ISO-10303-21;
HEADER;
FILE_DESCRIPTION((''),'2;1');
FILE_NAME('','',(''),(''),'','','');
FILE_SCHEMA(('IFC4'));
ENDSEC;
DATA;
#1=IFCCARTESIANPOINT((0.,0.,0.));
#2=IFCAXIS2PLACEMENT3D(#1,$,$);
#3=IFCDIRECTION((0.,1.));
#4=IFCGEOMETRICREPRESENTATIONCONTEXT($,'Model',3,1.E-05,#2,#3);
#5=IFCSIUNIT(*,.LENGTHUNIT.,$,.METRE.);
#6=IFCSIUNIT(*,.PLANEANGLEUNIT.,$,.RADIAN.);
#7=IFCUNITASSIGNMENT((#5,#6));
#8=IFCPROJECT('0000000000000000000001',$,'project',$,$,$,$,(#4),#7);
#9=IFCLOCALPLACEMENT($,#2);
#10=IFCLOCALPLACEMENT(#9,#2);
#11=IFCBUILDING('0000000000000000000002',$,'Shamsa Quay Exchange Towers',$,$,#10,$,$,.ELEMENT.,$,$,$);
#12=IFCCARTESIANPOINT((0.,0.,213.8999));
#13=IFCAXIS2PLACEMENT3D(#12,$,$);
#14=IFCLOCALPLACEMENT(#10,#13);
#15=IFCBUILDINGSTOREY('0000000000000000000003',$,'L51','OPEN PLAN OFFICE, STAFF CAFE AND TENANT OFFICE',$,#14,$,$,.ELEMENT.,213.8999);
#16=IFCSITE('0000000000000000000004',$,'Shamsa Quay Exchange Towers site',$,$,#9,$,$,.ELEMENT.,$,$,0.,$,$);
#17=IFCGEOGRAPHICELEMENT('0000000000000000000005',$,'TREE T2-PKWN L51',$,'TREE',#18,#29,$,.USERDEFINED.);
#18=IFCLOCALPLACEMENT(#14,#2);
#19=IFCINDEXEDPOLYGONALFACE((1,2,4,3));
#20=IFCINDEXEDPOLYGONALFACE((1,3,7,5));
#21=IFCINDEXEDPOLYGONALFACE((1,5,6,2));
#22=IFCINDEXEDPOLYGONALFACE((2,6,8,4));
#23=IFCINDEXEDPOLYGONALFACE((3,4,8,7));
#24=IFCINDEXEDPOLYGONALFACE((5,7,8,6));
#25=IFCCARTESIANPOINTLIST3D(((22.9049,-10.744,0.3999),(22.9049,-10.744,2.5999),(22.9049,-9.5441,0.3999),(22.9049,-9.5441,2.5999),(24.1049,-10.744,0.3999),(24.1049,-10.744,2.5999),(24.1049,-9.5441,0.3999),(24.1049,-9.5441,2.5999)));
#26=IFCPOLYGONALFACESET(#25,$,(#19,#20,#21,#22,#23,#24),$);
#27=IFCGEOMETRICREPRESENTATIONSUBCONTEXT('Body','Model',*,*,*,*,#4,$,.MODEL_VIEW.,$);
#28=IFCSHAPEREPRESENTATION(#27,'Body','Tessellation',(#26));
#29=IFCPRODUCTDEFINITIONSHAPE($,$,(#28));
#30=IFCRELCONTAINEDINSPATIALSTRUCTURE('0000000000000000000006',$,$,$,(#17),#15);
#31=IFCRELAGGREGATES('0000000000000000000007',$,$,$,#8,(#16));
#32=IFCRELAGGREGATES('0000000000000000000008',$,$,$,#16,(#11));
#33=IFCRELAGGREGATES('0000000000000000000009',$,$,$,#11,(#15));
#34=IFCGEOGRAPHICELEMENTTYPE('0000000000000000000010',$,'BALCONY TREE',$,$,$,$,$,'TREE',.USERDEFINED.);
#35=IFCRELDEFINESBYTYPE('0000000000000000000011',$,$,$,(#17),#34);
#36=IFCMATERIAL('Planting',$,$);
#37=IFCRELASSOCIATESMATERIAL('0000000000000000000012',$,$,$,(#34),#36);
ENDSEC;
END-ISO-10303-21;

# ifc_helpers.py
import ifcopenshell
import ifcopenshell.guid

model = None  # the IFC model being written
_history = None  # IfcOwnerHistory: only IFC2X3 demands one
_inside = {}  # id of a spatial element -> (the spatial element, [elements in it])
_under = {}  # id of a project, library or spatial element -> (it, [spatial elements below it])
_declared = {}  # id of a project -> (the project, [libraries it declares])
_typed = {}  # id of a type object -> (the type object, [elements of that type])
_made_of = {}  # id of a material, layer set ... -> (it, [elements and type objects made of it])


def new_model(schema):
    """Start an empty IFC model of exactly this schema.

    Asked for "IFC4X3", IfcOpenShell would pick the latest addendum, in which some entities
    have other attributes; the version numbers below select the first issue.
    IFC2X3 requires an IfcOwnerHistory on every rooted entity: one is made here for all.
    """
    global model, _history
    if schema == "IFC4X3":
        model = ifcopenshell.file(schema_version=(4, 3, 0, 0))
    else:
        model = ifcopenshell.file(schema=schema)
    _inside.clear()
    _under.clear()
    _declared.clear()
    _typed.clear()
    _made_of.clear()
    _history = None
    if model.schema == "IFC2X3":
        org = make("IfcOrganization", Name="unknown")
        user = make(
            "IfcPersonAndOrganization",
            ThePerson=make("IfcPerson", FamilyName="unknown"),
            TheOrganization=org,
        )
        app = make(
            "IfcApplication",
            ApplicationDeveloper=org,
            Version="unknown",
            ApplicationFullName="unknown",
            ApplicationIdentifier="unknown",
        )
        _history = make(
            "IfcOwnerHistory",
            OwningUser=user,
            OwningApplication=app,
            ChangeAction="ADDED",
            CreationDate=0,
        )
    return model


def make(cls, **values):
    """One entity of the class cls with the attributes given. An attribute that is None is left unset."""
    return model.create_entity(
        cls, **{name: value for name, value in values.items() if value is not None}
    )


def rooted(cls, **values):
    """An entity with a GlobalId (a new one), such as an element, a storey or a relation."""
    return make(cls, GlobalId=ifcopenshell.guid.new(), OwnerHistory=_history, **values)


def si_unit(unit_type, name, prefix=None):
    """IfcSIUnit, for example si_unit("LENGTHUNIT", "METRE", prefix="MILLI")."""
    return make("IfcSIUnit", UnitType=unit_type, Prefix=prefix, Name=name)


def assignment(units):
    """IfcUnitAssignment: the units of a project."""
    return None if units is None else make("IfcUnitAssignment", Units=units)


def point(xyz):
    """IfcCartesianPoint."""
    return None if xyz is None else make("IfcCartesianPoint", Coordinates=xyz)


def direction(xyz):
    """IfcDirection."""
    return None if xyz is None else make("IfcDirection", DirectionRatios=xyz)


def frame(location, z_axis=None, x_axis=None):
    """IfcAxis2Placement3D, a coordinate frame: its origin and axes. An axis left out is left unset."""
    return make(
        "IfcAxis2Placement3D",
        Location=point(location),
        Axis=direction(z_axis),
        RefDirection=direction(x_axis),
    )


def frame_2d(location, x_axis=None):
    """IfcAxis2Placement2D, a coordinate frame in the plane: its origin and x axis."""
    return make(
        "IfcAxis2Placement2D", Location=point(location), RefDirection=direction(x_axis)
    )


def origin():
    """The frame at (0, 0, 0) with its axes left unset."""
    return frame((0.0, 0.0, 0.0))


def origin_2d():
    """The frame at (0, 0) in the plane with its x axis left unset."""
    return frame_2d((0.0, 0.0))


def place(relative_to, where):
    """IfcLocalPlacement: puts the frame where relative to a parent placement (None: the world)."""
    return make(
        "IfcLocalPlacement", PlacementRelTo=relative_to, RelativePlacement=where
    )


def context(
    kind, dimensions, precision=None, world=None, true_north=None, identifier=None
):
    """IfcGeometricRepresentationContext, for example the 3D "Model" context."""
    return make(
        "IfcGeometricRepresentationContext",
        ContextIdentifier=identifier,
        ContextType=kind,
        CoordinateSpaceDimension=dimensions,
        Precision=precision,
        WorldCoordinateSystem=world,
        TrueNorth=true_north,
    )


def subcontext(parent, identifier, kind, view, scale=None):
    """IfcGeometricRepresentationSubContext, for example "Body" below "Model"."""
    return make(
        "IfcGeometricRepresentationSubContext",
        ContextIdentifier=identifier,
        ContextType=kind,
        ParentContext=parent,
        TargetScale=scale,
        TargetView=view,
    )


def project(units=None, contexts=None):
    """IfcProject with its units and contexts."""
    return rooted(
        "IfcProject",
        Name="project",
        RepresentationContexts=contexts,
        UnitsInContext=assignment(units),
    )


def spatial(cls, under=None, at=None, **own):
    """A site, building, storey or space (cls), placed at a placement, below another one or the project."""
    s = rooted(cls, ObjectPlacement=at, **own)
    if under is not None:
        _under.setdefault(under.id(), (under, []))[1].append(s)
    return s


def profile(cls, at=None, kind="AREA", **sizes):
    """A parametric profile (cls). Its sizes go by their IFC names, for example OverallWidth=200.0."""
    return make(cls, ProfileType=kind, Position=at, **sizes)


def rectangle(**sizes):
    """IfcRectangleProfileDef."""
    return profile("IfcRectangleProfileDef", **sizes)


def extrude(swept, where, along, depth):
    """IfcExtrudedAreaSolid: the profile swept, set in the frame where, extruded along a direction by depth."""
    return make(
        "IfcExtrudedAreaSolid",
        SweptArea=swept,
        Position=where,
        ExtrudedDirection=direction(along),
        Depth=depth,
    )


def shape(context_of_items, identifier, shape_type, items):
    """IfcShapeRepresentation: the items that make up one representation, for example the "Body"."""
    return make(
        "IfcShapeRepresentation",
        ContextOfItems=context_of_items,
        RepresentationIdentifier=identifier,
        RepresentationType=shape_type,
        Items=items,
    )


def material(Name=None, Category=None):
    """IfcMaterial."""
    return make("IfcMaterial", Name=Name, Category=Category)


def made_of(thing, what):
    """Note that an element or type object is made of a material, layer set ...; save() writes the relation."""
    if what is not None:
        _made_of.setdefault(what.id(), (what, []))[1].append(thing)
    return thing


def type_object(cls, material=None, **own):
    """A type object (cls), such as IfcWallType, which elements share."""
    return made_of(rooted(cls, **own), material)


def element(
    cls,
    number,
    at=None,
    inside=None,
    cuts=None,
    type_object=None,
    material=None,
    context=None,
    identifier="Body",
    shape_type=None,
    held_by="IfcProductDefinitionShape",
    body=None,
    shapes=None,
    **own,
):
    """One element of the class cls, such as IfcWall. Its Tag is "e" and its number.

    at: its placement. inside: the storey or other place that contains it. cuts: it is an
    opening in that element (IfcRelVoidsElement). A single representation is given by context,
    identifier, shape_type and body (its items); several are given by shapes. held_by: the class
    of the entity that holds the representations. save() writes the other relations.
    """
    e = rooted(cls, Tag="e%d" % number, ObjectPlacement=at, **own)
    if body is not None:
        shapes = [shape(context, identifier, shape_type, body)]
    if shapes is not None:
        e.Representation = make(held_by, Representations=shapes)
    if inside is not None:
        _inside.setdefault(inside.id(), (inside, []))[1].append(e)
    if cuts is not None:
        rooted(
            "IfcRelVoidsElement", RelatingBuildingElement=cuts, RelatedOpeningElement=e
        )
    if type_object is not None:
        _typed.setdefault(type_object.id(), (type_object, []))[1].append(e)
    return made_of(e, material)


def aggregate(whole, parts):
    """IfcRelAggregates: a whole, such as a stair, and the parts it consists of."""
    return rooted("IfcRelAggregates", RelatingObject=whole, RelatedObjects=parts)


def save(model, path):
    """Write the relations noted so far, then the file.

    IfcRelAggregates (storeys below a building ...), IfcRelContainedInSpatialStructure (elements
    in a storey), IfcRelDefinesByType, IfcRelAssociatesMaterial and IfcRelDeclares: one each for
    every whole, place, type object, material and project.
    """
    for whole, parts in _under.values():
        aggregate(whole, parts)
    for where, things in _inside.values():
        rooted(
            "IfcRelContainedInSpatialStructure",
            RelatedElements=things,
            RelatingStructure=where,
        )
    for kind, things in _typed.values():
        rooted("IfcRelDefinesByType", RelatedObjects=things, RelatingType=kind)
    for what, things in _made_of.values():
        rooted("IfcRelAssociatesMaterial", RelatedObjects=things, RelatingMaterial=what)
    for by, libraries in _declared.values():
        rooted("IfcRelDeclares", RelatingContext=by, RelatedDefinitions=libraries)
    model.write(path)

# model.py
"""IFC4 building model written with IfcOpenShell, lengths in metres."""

from ifc_helpers import new_model, si_unit, direction, frame, origin, origin_2d, place, context, subcontext, project, spatial, rectangle, extrude, material, type_object, element, save


model = new_model("IFC4")

# Units and contexts
model_context = context("Model", 3, precision=1e-05, world=origin(), true_north=direction((0.0, 1.0)))
body_context = subcontext(model_context, "Body", "Model", "MODEL_VIEW")
ifc_project = project(units=[si_unit("LENGTHUNIT", "METRE"), si_unit("PLANEANGLEUNIT", "RADIAN")], contexts=[model_context])

# Site, building, storey
site_placement = place(None, origin())
site = spatial("IfcSite", under=ifc_project, at=site_placement, Name="Shamsa Quay Exchange Towers site", CompositionType="ELEMENT", RefElevation=0.0)
building_placement = place(site_placement, origin())
building = spatial("IfcBuilding", under=site, at=building_placement, Name="Shamsa Quay Exchange Towers", CompositionType="ELEMENT")
storey_placement = place(building_placement, frame((0.0, 0.0, 213.8999)))
storey = spatial("IfcBuildingStorey", under=building, at=storey_placement, Name="L51", Description="OPEN PLAN OFFICE, STAFF CAFE AND TENANT OFFICE", CompositionType="ELEMENT", Elevation=213.8999)

# Geographic element
ifc_material_1 = material(Name="Planting")
geographic_element_type = type_object("IfcGeographicElementType", Name="BALCONY TREE", ElementType="TREE", PredefinedType="USERDEFINED", material=ifc_material_1)
geographic_element_placement = place(storey_placement, frame((23.5049, -10.144, 0.3999), z_axis=(0.0, 0.0, 1.0), x_axis=(0.0, -1.0, 0.0)))
element("IfcGeographicElement", 1, at=geographic_element_placement, inside=storey, type_object=geographic_element_type, Name="TREE T2-PKWN L51", ObjectType="TREE", PredefinedType="USERDEFINED", context=body_context, shape_type="SweptSolid", body=[
    extrude(rectangle(XDim=1.2, YDim=1.2, at=origin_2d()), origin(), (0.0, 0.0, 1.0), 2.2),
])

save(model, "model.ifc")
